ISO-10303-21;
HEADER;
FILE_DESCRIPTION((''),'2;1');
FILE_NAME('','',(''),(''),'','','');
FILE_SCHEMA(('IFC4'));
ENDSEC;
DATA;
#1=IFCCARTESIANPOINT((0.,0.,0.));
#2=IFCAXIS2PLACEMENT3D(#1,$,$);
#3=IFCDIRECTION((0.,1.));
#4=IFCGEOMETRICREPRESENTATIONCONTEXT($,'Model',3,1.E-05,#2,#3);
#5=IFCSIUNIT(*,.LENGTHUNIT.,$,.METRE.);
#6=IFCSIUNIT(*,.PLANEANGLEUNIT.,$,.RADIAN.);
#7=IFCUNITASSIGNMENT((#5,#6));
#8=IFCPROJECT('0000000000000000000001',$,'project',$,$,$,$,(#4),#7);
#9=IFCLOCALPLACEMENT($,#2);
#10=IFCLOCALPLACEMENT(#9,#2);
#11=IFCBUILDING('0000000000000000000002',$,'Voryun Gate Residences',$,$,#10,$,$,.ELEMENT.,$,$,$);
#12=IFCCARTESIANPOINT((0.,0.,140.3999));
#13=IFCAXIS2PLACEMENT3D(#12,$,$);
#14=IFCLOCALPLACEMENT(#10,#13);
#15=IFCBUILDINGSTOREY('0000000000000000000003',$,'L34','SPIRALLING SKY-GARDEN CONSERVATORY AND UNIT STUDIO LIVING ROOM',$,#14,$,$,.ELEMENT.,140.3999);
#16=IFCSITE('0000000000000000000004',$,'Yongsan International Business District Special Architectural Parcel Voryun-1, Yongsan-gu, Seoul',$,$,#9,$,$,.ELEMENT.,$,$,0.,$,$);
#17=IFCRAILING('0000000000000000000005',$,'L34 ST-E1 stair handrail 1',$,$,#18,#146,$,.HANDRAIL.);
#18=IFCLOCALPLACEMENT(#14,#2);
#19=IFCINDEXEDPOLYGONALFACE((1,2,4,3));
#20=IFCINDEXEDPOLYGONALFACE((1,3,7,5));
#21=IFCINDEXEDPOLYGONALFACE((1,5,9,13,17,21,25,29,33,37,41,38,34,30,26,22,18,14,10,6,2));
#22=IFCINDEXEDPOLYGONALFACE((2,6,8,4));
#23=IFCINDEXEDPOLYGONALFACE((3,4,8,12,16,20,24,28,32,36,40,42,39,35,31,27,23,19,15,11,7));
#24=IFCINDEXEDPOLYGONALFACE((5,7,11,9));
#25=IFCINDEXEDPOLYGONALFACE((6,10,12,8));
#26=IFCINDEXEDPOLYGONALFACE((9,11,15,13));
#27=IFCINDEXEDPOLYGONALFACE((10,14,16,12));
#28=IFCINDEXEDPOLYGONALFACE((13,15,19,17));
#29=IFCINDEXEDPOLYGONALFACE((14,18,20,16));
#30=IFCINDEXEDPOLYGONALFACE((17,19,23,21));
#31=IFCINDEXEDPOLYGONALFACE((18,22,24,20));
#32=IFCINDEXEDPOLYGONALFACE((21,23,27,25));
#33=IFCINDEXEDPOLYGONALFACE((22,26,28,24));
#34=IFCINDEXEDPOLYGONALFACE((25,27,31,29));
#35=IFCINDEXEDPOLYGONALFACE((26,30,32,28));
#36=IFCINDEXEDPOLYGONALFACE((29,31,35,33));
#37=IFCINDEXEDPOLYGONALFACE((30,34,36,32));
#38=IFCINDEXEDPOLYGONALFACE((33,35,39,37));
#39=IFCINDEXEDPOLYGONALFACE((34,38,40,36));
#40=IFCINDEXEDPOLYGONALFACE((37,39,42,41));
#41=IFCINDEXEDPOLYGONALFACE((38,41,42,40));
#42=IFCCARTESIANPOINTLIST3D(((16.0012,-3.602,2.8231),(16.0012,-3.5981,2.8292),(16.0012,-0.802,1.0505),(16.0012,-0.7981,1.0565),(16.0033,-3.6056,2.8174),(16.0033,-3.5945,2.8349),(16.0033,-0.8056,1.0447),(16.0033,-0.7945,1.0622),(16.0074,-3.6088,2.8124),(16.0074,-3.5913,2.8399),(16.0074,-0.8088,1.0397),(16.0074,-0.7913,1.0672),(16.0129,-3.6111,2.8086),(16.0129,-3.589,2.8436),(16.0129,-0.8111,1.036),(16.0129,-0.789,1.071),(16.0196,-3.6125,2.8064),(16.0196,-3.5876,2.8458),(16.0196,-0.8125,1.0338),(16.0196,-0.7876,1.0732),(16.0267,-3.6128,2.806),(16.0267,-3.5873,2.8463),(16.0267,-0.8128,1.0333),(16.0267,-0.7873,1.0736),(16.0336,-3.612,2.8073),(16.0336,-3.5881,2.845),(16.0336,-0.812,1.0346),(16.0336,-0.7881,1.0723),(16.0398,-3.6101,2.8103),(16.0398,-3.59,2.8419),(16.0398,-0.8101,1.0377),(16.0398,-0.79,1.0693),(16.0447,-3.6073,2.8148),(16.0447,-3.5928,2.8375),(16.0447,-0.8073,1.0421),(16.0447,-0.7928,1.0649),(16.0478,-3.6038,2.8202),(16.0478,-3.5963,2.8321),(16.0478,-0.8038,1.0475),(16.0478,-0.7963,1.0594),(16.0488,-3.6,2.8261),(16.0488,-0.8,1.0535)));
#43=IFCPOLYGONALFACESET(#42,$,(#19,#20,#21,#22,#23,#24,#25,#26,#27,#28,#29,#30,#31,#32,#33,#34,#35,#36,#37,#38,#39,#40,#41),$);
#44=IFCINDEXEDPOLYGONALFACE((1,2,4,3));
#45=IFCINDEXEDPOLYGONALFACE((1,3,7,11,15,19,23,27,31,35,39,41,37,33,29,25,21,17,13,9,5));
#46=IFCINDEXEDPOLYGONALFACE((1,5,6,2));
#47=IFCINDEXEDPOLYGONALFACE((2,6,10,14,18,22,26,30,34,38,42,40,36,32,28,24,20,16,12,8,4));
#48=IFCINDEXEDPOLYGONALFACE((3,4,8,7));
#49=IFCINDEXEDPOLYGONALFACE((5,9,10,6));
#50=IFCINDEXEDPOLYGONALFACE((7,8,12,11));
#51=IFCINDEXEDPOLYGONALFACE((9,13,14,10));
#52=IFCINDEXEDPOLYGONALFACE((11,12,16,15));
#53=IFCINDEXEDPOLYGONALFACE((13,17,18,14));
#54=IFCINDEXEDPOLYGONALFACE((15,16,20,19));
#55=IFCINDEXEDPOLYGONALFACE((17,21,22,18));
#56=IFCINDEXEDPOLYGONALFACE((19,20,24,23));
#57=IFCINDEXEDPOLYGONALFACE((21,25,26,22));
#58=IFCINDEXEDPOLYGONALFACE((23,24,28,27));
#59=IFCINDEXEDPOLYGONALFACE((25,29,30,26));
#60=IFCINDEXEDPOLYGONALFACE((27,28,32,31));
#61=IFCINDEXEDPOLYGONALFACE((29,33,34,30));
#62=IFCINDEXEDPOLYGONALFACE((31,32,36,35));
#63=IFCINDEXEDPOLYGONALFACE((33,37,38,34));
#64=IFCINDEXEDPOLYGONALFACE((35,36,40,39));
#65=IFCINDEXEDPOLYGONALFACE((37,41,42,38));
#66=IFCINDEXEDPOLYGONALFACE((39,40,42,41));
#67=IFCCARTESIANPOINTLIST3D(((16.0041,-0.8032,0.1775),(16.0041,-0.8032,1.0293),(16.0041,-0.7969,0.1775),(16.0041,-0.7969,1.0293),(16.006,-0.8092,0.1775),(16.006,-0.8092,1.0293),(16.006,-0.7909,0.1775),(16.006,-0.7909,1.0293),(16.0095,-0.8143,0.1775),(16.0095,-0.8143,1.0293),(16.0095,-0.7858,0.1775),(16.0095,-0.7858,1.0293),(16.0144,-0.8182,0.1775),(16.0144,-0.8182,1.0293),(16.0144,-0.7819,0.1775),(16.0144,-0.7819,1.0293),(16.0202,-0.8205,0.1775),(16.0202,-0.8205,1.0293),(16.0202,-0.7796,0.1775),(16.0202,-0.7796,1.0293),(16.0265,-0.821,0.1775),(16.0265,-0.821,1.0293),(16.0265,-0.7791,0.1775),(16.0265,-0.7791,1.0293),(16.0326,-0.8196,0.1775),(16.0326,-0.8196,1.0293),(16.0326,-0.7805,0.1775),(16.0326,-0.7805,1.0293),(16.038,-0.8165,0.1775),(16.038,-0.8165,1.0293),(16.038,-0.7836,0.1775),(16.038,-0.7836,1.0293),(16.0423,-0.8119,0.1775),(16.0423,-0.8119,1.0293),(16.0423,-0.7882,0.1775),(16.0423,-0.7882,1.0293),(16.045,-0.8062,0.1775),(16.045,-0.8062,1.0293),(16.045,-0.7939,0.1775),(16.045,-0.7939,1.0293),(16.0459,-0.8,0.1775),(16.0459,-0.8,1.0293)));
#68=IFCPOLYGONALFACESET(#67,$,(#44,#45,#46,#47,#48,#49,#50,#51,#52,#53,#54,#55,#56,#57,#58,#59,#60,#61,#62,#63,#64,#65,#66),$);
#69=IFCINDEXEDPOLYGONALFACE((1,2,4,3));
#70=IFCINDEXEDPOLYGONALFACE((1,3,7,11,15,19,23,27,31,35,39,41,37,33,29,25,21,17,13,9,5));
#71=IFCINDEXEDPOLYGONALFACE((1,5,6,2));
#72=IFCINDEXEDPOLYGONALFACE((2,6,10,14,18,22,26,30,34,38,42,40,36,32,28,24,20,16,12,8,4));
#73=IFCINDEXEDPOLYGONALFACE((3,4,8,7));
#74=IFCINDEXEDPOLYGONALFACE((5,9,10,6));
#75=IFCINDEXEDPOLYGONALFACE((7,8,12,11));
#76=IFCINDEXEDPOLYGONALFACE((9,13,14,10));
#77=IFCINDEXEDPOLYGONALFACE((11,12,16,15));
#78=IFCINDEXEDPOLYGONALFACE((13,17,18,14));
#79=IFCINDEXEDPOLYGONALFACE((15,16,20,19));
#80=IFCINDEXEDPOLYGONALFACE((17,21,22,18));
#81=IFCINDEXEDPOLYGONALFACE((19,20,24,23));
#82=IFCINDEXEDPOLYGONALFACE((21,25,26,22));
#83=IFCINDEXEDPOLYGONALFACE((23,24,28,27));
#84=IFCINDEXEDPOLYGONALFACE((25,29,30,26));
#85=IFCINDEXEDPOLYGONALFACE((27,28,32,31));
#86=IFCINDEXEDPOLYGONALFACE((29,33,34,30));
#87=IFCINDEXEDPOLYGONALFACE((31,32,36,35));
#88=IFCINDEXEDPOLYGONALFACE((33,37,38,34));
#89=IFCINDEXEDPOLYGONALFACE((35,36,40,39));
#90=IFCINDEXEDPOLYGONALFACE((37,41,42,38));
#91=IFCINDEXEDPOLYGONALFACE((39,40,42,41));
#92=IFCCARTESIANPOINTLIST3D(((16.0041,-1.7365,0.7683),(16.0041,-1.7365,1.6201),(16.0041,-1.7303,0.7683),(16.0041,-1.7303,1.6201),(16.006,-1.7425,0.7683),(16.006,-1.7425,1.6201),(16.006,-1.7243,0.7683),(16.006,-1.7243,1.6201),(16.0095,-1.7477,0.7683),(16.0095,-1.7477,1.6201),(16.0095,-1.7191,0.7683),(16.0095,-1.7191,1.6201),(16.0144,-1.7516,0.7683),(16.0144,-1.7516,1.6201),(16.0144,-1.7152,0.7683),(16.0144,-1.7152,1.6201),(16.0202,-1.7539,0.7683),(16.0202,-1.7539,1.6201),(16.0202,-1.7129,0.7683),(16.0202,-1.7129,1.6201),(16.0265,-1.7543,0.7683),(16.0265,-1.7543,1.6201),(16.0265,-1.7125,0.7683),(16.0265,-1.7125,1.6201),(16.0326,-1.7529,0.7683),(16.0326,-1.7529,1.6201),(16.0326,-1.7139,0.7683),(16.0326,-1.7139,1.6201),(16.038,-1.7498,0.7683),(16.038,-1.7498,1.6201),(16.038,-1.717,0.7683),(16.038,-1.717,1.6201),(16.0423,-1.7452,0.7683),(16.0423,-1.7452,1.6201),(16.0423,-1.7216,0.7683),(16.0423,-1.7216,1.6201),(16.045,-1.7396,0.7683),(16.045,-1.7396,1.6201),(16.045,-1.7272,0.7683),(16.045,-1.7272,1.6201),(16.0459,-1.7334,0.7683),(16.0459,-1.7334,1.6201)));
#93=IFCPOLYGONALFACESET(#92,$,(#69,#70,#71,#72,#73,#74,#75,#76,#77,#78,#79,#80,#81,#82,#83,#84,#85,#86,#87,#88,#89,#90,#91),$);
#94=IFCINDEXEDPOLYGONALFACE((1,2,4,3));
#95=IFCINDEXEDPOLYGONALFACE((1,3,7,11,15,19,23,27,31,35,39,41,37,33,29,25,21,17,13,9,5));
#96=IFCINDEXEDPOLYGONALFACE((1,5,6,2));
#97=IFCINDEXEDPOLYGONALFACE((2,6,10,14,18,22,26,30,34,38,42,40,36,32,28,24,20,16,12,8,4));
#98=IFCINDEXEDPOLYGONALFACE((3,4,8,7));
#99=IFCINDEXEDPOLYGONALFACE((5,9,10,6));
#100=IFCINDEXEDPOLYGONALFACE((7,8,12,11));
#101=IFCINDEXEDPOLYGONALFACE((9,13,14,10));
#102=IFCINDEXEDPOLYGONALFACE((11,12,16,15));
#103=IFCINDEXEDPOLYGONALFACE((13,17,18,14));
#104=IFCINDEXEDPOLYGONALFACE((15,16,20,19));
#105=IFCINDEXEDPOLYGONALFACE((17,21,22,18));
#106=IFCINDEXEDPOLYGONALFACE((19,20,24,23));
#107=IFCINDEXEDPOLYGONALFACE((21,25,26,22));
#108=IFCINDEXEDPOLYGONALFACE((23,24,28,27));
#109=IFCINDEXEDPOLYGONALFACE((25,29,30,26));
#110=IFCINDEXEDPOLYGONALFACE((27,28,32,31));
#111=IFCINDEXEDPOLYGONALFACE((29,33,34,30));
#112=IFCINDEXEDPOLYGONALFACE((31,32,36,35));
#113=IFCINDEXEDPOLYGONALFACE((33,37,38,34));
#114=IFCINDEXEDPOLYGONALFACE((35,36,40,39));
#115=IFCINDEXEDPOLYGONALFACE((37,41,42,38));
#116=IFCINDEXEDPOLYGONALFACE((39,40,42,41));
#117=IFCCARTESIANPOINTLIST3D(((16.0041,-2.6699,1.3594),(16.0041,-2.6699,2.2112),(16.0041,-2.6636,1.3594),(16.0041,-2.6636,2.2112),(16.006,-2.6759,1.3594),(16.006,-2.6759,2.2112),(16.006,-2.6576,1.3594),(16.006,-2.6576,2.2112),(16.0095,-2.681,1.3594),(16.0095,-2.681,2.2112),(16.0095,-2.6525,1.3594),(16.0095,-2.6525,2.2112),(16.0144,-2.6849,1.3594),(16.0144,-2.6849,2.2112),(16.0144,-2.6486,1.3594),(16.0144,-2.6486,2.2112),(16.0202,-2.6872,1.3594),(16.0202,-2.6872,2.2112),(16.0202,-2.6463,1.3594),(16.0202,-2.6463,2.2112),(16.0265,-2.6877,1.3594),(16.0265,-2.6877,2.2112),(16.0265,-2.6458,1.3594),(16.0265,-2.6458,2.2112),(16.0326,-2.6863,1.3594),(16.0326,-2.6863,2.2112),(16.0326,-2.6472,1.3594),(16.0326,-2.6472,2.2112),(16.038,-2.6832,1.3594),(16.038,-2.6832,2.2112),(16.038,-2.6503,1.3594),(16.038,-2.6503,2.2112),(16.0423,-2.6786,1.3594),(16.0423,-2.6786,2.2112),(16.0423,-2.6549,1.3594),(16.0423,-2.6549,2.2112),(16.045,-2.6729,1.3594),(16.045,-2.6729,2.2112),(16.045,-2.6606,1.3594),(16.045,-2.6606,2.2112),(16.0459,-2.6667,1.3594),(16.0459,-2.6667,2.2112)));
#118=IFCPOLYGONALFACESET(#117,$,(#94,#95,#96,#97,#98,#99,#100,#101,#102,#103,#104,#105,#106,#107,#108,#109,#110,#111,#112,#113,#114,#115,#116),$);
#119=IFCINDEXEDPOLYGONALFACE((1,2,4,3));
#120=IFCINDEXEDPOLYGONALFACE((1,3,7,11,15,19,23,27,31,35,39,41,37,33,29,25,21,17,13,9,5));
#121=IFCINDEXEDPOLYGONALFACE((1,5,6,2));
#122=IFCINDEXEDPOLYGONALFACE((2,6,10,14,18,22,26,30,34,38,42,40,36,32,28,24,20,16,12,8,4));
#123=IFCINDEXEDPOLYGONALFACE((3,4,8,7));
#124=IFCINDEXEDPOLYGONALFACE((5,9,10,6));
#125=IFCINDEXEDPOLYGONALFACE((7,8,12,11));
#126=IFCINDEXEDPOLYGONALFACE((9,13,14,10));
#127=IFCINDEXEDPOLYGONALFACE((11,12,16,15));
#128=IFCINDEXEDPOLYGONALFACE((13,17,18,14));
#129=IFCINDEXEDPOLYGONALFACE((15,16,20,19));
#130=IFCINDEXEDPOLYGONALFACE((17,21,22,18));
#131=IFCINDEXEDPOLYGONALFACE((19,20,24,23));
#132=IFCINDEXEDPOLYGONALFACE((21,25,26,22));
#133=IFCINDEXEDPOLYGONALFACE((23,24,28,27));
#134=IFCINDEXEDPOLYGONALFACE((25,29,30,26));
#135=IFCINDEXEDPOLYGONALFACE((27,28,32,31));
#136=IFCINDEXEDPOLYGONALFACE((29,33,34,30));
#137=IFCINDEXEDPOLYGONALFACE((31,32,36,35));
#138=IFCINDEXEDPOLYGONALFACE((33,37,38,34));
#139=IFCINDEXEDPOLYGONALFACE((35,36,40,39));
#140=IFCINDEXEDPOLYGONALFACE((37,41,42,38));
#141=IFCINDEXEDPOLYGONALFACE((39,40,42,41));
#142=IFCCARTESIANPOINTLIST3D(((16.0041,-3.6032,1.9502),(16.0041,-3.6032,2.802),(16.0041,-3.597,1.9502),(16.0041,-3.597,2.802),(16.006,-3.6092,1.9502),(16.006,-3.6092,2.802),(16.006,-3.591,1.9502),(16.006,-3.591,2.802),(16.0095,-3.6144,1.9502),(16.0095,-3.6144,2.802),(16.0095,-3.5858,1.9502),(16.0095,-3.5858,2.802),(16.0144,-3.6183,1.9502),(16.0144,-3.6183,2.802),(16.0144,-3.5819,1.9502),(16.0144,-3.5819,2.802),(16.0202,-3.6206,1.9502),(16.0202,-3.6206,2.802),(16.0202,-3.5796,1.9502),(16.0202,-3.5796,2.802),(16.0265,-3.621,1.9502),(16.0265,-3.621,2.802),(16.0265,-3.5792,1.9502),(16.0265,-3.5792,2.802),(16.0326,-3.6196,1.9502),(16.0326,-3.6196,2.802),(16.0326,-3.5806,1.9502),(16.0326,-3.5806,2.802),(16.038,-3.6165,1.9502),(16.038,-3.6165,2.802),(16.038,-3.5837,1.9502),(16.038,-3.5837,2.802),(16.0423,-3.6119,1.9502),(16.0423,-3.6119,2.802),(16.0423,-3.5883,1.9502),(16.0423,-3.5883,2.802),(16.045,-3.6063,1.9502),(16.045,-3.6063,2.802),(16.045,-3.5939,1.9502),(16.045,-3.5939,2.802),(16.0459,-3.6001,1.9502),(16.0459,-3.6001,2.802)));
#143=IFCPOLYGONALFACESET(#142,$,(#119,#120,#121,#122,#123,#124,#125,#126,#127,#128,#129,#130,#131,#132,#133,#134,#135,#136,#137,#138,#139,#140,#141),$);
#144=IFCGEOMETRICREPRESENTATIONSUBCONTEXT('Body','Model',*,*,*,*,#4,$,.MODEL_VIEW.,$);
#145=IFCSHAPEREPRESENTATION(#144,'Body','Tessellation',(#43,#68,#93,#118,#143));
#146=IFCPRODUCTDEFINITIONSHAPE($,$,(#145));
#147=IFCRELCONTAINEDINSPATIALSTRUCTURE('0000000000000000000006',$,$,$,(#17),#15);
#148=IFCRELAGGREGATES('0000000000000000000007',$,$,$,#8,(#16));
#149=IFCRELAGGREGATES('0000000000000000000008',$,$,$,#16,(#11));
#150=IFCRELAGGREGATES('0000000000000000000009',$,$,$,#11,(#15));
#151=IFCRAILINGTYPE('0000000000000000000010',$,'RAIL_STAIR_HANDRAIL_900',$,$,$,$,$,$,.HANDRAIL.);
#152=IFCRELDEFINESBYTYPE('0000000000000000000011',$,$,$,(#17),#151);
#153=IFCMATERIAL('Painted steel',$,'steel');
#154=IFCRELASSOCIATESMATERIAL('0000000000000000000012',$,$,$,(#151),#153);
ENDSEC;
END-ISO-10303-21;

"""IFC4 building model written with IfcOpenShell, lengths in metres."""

from ifc_helpers import new_model, si_unit, direction, frame, origin, origin_2d, place, context, subcontext, project, spatial, circle, extrude, material, type_object, element, save


model = new_model("IFC4")

# Units and contexts
model_context = context("Model", 3, precision=1e-05, world=origin(), true_north=direction((0.0, 1.0)))
body_context = subcontext(model_context, "Body", "Model", "MODEL_VIEW")
ifc_project = project(units=[si_unit("LENGTHUNIT", "METRE"), si_unit("PLANEANGLEUNIT", "RADIAN")], contexts=[model_context])

# Site, building, storey
site_placement = place(None, origin())
site = spatial("IfcSite", under=ifc_project, at=site_placement, Name="Yongsan International Business District Special Architectural Parcel Voryun-1, Yongsan-gu, Seoul", CompositionType="ELEMENT", RefElevation=0.0)
building_placement = place(site_placement, origin())
building = spatial("IfcBuilding", under=site, at=building_placement, Name="Voryun Gate Residences", CompositionType="ELEMENT")
storey_placement = place(building_placement, frame((0.0, 0.0, 140.3999)))
storey = spatial("IfcBuildingStorey", under=building, at=storey_placement, Name="L34", Description="SPIRALLING SKY-GARDEN CONSERVATORY AND UNIT STUDIO LIVING ROOM", CompositionType="ELEMENT", Elevation=140.3999)

# Railing
ifc_material_1 = material(Name="Painted steel", Category="steel")
railing_type_1 = type_object("IfcRailingType", Name="RAIL_STAIR_HANDRAIL_900", PredefinedType="HANDRAIL", material=ifc_material_1)
railing_1_placement = place(storey_placement, frame((16.0249, -0.8, 0.1775)))
element("IfcRailing", 1, at=railing_1_placement, inside=storey, type_object=railing_type_1, Name="L34 ST-E1 stair handrail 1", PredefinedType="HANDRAIL", context=body_context, shape_type="SweptSolid", body=[
    extrude(circle(Radius=0.0239, at=origin_2d()), frame((0.0, 0.0, 0.876), z_axis=(0.0, -0.844909, 0.53491), x_axis=(1.0, 0.0, 0.0)), (0.0, 0.0, 1.0), 3.314),
    extrude(circle(Radius=0.021, at=origin_2d()), origin(), (0.0, 0.0, 1.0), 0.8518),
    extrude(circle(Radius=0.021, at=origin_2d()), frame((0.0, -0.9333, 0.5908)), (0.0, 0.0, 1.0), 0.8518),
    extrude(circle(Radius=0.021, at=origin_2d()), frame((0.0, -1.8667, 1.1819)), (0.0, 0.0, 1.0), 0.8518),
    extrude(circle(Radius=0.021, at=origin_2d()), frame((0.0, -2.8, 1.7727)), (0.0, 0.0, 1.0), 0.8518),
])

save(model, "model.ifc")
